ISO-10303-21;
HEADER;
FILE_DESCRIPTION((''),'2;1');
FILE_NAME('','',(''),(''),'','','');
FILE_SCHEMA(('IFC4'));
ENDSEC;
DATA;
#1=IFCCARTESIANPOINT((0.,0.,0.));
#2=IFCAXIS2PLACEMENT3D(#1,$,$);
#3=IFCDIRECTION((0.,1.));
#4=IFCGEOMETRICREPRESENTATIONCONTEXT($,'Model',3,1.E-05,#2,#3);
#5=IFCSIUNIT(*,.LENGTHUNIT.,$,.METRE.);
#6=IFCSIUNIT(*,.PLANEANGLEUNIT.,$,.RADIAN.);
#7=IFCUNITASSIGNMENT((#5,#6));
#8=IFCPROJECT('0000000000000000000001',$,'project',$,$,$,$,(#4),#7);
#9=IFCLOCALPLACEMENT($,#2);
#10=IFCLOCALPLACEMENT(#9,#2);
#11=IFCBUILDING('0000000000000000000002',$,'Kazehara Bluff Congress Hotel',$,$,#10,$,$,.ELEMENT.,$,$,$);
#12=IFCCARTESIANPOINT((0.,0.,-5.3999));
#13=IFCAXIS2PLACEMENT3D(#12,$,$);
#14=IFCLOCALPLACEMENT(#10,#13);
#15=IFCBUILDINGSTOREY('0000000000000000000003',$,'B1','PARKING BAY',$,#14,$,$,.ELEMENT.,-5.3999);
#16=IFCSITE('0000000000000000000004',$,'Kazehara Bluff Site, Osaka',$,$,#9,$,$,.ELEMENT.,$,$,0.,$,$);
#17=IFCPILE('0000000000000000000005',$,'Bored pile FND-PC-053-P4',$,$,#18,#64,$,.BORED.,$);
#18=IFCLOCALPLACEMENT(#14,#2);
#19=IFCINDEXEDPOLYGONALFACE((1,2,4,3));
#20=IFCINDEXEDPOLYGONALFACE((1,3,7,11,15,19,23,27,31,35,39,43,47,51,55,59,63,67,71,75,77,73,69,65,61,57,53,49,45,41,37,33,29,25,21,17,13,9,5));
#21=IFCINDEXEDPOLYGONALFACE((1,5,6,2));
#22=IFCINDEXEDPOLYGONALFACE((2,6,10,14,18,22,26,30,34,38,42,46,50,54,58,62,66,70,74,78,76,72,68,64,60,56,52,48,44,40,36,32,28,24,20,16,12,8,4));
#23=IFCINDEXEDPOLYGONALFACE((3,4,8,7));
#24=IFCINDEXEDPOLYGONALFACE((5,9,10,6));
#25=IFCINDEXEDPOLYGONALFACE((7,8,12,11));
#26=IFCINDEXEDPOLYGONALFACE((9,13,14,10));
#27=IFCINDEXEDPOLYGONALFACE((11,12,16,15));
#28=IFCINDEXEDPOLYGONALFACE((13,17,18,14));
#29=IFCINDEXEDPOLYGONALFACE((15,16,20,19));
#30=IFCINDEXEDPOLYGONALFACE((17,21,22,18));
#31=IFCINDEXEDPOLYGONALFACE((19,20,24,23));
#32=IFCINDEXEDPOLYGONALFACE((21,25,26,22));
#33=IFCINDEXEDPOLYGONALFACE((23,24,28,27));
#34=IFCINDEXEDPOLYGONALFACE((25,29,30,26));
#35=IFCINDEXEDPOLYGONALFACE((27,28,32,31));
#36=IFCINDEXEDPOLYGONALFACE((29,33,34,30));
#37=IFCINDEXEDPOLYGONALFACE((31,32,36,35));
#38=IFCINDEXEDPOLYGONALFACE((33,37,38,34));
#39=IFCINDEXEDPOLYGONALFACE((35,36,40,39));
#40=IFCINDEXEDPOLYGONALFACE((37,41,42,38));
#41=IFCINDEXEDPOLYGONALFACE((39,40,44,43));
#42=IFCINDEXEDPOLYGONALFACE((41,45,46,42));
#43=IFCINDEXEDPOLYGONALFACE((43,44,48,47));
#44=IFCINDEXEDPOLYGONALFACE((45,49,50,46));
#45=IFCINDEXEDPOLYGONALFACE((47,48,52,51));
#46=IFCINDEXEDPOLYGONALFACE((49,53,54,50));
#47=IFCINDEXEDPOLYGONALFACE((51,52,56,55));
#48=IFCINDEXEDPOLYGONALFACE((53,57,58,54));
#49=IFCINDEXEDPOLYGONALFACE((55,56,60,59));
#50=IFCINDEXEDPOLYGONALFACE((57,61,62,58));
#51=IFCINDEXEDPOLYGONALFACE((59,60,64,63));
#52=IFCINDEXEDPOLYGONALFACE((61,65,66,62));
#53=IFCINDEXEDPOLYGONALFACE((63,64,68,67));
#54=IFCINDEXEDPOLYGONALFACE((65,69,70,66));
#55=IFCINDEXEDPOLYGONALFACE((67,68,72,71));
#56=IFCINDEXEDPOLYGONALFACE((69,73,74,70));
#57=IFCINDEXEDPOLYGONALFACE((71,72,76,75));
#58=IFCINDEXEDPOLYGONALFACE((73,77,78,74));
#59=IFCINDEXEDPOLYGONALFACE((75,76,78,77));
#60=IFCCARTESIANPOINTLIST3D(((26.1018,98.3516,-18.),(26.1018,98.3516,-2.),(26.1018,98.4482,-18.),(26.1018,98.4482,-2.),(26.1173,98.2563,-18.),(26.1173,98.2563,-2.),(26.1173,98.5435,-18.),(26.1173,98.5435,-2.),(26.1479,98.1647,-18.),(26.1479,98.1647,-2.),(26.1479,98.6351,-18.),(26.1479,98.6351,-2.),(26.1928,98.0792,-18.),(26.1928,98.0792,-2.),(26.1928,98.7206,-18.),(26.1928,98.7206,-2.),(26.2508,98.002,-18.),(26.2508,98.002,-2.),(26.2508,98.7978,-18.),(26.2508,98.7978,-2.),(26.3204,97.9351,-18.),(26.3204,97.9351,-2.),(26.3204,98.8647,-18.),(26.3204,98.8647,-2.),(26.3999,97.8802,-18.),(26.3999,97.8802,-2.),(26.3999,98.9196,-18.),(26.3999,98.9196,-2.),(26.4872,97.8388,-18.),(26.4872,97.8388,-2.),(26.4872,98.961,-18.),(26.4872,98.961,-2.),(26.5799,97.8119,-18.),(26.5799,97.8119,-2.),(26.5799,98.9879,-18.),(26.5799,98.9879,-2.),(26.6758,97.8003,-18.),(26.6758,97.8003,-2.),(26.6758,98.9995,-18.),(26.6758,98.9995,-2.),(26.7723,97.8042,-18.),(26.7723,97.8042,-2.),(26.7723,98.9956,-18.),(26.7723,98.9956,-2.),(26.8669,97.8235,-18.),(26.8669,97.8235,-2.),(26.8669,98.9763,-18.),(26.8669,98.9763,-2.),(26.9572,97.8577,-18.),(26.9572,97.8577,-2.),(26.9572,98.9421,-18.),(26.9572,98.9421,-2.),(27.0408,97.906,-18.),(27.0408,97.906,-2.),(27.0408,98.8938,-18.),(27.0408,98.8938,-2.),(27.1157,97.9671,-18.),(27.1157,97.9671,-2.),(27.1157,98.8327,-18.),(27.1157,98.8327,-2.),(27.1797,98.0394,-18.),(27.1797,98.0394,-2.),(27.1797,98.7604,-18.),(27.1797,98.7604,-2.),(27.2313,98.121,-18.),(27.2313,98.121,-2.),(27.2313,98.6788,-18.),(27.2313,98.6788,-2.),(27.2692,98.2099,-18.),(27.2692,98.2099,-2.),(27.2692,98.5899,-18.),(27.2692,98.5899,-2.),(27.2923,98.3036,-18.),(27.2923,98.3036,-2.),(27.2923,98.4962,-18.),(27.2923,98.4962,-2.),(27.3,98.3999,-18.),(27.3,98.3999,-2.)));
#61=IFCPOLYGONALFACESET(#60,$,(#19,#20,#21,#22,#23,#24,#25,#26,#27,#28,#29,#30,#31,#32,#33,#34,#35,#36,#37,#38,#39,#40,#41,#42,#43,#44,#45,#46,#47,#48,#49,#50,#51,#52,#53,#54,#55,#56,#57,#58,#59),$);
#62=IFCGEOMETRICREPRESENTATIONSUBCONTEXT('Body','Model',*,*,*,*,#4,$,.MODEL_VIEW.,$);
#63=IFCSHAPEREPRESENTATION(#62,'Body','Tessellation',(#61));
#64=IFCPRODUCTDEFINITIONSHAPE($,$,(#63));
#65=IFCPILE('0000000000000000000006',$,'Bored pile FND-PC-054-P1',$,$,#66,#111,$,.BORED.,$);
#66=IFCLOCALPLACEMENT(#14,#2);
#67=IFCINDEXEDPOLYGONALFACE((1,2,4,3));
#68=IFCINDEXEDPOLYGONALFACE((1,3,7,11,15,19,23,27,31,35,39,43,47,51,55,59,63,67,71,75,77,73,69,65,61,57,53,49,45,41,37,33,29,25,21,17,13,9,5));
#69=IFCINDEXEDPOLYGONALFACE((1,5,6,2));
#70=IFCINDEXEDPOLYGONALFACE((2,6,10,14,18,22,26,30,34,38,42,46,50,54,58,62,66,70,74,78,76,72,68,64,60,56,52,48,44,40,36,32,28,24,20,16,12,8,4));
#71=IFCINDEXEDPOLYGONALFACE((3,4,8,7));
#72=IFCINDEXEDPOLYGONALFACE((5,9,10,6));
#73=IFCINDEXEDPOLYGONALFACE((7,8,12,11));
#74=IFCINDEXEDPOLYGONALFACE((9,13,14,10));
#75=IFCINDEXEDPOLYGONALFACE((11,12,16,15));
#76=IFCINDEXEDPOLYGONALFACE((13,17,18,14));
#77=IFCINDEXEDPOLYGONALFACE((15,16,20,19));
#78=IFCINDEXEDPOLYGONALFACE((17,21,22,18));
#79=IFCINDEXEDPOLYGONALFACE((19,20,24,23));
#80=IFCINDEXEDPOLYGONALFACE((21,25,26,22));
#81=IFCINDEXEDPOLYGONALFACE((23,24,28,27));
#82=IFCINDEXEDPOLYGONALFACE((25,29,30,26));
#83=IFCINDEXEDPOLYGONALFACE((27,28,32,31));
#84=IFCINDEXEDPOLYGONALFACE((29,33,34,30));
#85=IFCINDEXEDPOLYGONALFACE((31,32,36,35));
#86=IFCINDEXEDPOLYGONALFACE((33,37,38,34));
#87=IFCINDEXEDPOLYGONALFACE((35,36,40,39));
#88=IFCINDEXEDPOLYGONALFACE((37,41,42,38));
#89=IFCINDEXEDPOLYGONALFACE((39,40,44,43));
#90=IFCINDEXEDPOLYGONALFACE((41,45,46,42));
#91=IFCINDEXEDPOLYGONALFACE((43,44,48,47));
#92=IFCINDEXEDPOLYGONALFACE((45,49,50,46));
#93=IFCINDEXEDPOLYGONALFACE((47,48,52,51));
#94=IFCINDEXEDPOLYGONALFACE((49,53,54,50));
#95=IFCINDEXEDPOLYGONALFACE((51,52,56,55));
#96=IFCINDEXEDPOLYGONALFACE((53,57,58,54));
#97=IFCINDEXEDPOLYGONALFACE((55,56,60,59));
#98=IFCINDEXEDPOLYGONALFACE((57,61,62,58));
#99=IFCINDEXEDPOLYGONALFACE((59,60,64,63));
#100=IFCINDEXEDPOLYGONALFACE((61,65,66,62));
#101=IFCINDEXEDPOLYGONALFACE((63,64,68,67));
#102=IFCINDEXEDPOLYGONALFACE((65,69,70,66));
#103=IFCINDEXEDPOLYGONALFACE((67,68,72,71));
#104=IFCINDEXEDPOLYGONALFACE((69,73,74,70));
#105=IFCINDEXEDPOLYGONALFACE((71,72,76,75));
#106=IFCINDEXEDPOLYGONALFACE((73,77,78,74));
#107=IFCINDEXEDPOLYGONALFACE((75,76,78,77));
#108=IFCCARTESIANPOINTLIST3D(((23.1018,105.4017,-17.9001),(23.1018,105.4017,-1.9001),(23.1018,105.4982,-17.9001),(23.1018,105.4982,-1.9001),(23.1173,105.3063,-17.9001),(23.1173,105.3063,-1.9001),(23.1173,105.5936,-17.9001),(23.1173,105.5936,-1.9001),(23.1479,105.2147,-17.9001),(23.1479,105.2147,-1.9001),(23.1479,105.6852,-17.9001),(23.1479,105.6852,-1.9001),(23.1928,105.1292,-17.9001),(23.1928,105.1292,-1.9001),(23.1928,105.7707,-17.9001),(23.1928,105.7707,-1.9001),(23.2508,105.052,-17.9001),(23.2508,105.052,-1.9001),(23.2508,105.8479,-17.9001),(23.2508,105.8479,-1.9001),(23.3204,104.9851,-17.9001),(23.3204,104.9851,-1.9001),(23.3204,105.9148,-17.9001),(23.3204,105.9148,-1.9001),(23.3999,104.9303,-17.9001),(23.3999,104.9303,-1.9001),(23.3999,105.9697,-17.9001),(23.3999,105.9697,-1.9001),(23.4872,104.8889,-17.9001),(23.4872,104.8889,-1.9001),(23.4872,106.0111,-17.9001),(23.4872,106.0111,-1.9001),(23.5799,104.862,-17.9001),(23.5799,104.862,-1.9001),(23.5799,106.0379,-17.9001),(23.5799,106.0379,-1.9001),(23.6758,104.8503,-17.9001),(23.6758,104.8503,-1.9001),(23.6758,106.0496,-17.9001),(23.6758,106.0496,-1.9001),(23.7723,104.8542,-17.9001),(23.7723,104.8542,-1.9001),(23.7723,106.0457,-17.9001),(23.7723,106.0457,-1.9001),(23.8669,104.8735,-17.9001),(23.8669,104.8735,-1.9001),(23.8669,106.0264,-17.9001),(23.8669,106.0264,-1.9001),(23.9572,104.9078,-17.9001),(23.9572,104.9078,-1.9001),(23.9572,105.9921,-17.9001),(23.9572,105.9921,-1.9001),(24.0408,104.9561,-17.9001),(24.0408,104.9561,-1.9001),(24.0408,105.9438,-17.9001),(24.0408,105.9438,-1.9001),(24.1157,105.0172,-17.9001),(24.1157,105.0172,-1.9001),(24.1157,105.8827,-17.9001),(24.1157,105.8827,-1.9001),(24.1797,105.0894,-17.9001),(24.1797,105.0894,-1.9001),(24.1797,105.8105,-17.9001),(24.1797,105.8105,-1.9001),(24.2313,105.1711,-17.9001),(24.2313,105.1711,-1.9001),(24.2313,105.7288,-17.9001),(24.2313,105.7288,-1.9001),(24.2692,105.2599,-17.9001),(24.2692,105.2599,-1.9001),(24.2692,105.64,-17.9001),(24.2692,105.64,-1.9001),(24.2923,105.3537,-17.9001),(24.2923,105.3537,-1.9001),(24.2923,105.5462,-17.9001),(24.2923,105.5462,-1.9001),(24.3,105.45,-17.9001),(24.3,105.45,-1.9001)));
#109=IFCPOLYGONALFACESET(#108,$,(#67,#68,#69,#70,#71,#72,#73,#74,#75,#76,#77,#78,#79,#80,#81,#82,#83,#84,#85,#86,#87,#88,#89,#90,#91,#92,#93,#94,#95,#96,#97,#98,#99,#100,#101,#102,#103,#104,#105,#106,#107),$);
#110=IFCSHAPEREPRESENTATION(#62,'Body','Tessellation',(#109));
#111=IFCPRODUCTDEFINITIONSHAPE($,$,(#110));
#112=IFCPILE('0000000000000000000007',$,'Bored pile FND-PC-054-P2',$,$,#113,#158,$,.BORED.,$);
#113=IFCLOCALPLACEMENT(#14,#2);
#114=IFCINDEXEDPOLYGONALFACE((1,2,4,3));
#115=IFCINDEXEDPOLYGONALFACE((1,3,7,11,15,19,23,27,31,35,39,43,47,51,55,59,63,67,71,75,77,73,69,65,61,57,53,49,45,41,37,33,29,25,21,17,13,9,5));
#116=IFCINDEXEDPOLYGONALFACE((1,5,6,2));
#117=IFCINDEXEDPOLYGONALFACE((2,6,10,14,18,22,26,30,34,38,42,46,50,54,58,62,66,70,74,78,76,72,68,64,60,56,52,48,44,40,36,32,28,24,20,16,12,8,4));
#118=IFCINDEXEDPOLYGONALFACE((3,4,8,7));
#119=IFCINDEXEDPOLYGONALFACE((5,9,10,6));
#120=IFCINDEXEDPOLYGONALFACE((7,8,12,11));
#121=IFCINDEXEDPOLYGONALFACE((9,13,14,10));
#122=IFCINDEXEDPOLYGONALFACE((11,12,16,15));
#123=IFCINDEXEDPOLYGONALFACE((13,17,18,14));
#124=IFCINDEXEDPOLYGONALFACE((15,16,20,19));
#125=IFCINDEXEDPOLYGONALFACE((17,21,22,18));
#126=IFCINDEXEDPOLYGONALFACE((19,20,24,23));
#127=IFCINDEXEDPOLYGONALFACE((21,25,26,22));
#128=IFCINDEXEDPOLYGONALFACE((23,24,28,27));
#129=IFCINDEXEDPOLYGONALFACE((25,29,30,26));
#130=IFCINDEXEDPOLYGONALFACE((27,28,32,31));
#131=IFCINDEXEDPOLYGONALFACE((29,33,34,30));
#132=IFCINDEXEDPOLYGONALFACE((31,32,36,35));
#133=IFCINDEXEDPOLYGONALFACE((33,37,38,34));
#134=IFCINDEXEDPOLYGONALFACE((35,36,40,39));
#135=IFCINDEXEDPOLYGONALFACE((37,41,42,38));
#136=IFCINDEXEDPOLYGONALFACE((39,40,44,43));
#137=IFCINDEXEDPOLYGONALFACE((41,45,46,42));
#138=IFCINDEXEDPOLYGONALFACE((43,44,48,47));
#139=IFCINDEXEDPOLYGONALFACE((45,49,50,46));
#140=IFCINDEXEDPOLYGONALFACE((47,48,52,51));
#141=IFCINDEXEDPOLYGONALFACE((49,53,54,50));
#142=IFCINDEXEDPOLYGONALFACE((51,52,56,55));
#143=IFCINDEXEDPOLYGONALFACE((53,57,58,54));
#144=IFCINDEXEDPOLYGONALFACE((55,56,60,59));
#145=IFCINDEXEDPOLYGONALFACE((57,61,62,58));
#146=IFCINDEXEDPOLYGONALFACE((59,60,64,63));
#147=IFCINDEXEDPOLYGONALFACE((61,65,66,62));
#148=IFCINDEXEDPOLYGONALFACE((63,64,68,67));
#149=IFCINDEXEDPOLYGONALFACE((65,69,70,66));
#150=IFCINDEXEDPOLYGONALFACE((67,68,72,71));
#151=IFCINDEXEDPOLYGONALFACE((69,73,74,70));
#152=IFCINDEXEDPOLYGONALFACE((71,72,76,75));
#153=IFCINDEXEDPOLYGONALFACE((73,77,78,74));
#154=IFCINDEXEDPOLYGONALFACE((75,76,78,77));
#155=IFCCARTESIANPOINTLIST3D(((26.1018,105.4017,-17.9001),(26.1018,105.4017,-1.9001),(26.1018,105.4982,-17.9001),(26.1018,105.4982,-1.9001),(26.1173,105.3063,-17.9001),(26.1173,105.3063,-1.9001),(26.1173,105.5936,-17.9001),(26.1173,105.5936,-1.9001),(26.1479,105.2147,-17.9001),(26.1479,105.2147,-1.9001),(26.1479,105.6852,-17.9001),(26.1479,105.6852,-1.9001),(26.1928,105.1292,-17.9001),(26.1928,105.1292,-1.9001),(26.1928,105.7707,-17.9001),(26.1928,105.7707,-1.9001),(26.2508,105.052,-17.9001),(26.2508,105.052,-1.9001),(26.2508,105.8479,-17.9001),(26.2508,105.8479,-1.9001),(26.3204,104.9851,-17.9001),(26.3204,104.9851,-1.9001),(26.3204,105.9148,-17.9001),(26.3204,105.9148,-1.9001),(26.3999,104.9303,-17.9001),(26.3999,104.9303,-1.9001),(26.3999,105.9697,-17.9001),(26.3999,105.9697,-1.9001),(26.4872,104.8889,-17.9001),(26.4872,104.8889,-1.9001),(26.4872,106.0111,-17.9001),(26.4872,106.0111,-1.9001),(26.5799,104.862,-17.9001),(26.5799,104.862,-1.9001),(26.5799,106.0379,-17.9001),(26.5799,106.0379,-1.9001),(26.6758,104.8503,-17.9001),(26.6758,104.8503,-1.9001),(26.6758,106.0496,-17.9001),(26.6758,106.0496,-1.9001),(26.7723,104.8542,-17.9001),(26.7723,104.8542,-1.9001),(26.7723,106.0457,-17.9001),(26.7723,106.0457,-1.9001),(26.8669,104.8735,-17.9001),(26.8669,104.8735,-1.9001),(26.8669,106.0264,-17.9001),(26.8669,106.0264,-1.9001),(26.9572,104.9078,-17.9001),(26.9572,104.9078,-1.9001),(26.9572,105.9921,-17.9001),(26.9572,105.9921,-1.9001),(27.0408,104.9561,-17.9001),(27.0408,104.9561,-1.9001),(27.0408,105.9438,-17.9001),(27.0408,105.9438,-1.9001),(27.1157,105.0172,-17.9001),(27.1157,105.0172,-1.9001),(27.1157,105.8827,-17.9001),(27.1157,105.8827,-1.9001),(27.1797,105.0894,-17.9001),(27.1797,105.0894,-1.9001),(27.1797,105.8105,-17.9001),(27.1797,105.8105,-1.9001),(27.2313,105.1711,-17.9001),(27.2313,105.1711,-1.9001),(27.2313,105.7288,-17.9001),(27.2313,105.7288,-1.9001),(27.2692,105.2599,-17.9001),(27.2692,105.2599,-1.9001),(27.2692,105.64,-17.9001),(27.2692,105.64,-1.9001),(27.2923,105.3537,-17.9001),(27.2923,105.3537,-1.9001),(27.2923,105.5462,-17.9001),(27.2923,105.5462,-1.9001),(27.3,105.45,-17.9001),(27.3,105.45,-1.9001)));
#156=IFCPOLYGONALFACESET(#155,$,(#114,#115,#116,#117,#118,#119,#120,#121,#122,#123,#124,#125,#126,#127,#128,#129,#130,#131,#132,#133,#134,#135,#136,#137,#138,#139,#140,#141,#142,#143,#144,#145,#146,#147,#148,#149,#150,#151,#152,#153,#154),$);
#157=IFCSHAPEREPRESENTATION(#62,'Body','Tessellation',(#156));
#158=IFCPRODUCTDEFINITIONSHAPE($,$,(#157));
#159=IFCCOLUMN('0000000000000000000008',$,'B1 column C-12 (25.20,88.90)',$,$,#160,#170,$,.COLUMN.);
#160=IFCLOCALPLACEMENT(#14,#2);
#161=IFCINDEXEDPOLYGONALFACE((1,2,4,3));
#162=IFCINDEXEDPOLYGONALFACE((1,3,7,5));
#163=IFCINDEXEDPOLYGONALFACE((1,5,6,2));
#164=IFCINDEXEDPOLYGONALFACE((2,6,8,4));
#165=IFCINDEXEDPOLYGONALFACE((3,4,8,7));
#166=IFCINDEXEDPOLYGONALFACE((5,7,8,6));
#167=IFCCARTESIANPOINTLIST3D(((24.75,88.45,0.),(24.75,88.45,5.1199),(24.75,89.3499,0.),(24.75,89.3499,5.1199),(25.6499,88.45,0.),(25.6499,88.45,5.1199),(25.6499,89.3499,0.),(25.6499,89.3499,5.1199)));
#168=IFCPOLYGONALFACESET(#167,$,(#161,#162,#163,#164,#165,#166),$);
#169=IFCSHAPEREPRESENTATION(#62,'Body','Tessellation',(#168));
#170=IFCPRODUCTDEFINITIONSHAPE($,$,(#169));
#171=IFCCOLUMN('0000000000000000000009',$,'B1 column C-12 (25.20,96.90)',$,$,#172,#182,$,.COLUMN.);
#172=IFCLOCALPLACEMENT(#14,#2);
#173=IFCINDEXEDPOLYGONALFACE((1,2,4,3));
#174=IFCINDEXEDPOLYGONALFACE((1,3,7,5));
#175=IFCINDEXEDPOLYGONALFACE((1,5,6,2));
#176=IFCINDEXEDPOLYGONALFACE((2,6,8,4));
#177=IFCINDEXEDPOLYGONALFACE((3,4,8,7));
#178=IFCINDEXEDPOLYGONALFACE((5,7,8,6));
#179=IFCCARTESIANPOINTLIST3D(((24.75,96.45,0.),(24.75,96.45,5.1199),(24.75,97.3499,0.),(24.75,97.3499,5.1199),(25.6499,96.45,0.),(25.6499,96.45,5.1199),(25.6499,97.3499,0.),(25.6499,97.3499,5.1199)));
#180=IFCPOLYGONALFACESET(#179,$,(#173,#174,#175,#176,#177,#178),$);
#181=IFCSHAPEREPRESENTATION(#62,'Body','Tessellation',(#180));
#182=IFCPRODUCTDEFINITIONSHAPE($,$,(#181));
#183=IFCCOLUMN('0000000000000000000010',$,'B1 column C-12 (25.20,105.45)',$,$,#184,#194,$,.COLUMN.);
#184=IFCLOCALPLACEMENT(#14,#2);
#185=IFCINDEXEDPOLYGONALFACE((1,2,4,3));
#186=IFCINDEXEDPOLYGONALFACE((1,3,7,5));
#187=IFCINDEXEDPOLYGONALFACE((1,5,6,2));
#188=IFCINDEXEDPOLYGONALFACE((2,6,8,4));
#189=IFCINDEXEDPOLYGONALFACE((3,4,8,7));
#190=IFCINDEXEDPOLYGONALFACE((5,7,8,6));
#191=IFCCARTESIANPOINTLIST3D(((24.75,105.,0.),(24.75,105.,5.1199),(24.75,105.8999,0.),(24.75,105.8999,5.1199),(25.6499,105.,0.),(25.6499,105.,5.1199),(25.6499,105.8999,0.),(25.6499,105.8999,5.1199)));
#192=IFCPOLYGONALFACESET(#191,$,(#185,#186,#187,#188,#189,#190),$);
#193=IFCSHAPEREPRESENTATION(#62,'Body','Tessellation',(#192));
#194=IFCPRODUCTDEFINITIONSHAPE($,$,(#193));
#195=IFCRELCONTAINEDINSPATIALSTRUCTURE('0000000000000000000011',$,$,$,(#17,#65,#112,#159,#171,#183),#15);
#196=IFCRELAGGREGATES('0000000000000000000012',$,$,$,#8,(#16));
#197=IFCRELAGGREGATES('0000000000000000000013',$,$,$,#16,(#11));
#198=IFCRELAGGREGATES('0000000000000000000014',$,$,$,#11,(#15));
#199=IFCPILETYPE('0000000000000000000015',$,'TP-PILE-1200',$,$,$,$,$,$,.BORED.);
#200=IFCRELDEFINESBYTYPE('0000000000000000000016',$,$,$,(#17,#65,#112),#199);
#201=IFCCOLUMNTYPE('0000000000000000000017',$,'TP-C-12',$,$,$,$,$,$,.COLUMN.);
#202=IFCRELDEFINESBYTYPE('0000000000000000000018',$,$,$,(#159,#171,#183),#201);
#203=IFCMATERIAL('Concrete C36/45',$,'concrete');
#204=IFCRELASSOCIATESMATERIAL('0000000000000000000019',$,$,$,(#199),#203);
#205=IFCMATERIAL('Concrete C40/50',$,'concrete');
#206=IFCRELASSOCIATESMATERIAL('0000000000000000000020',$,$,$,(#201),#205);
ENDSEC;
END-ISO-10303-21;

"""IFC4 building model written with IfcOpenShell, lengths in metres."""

from ifc_helpers import new_model, si_unit, direction, frame, origin, origin_2d, place, context, subcontext, project, spatial, rectangle, circle, extrude, material, material_profile, profile_set, type_object, element, save


model = new_model("IFC4")

# Units and contexts
model_context = context("Model", 3, precision=1e-05, world=origin(), true_north=direction((0.0, 1.0)))
body_context = subcontext(model_context, "Body", "Model", "MODEL_VIEW")
ifc_project = project(units=[si_unit("LENGTHUNIT", "METRE"), si_unit("PLANEANGLEUNIT", "RADIAN")], contexts=[model_context])

# Site, building, storey
site_placement = place(None, origin())
site = spatial("IfcSite", under=ifc_project, at=site_placement, Name="Kazehara Bluff Site, Osaka", CompositionType="ELEMENT", RefElevation=0.0)
building_placement = place(site_placement, origin())
building = spatial("IfcBuilding", under=site, at=building_placement, Name="Kazehara Bluff Congress Hotel", CompositionType="ELEMENT")
storey_placement = place(building_placement, frame((0.0, 0.0, -5.3999)))
storey = spatial("IfcBuildingStorey", under=building, at=storey_placement, Name="B1", Description="PARKING BAY", CompositionType="ELEMENT", Elevation=-5.3999)

# Piles
ifc_material_1 = material(Name="Concrete C36/45", Category="concrete")
ifc_material_profile_1 = material_profile(ifc_material_1, circle(Radius=0.6001, at=origin_2d()))
ifc_profile_set_1 = profile_set([ifc_material_profile_1], Name="Concrete C36/45")
pile_type = type_object("IfcPileType", Name="TP-PILE-1200", PredefinedType="BORED", material=ifc_profile_set_1)
for number, where, z_axis, x_axis, name in (
    (1, (26.7, 98.3999, -2.0), (0.0, 0.0, -1.0), (1.0, 0.0, 0.0), "Bored pile FND-PC-053-P4"),
    (2, (23.7, 105.45, -1.9001), (0.0, 0.0, -1.0), (1.0, 0.0, 0.0), "Bored pile FND-PC-054-P1"),
    (3, (26.7, 105.45, -1.9001), (0.0, 0.0, -1.0), (1.0, 0.0, 0.0), "Bored pile FND-PC-054-P2"),
):
    element("IfcPile", number, at=place(storey_placement, frame(where, z_axis=z_axis, x_axis=x_axis)), inside=storey, type_object=pile_type, Name=name, PredefinedType="BORED", context=body_context, shape_type="SweptSolid", body=[
        extrude(circle(Radius=0.6001, at=origin_2d()), origin(), (0.0, 0.0, 1.0), 16.0),
    ])

# Columns
ifc_material_2 = material(Name="Concrete C40/50", Category="concrete")
ifc_material_profile_2 = material_profile(ifc_material_2, rectangle(XDim=0.8999, YDim=0.8999, at=origin_2d()))
ifc_profile_set_2 = profile_set([ifc_material_profile_2], Name="Concrete C40/50")
column_type = type_object("IfcColumnType", Name="TP-C-12", PredefinedType="COLUMN", material=ifc_profile_set_2)
for number, where, z_axis, x_axis, name in (
    (4, (25.2, 88.8999, 0.0), (0.0, 0.0, 1.0), (1.0, 0.0, 0.0), "B1 column C-12 (25.20,88.90)"),
    (5, (25.2, 96.8999, 0.0), (0.0, 0.0, 1.0), (1.0, 0.0, 0.0), "B1 column C-12 (25.20,96.90)"),
    (6, (25.2, 105.45, 0.0), (0.0, 0.0, 1.0), (1.0, 0.0, 0.0), "B1 column C-12 (25.20,105.45)"),
):
    element("IfcColumn", number, at=place(storey_placement, frame(where, z_axis=z_axis, x_axis=x_axis)), inside=storey, type_object=column_type, Name=name, PredefinedType="COLUMN", context=body_context, shape_type="SweptSolid", body=[
        extrude(rectangle(XDim=0.8999, YDim=0.8999, at=origin_2d()), origin(), (0.0, 0.0, 1.0), 5.1199),
    ])

save(model, "model.ifc")
